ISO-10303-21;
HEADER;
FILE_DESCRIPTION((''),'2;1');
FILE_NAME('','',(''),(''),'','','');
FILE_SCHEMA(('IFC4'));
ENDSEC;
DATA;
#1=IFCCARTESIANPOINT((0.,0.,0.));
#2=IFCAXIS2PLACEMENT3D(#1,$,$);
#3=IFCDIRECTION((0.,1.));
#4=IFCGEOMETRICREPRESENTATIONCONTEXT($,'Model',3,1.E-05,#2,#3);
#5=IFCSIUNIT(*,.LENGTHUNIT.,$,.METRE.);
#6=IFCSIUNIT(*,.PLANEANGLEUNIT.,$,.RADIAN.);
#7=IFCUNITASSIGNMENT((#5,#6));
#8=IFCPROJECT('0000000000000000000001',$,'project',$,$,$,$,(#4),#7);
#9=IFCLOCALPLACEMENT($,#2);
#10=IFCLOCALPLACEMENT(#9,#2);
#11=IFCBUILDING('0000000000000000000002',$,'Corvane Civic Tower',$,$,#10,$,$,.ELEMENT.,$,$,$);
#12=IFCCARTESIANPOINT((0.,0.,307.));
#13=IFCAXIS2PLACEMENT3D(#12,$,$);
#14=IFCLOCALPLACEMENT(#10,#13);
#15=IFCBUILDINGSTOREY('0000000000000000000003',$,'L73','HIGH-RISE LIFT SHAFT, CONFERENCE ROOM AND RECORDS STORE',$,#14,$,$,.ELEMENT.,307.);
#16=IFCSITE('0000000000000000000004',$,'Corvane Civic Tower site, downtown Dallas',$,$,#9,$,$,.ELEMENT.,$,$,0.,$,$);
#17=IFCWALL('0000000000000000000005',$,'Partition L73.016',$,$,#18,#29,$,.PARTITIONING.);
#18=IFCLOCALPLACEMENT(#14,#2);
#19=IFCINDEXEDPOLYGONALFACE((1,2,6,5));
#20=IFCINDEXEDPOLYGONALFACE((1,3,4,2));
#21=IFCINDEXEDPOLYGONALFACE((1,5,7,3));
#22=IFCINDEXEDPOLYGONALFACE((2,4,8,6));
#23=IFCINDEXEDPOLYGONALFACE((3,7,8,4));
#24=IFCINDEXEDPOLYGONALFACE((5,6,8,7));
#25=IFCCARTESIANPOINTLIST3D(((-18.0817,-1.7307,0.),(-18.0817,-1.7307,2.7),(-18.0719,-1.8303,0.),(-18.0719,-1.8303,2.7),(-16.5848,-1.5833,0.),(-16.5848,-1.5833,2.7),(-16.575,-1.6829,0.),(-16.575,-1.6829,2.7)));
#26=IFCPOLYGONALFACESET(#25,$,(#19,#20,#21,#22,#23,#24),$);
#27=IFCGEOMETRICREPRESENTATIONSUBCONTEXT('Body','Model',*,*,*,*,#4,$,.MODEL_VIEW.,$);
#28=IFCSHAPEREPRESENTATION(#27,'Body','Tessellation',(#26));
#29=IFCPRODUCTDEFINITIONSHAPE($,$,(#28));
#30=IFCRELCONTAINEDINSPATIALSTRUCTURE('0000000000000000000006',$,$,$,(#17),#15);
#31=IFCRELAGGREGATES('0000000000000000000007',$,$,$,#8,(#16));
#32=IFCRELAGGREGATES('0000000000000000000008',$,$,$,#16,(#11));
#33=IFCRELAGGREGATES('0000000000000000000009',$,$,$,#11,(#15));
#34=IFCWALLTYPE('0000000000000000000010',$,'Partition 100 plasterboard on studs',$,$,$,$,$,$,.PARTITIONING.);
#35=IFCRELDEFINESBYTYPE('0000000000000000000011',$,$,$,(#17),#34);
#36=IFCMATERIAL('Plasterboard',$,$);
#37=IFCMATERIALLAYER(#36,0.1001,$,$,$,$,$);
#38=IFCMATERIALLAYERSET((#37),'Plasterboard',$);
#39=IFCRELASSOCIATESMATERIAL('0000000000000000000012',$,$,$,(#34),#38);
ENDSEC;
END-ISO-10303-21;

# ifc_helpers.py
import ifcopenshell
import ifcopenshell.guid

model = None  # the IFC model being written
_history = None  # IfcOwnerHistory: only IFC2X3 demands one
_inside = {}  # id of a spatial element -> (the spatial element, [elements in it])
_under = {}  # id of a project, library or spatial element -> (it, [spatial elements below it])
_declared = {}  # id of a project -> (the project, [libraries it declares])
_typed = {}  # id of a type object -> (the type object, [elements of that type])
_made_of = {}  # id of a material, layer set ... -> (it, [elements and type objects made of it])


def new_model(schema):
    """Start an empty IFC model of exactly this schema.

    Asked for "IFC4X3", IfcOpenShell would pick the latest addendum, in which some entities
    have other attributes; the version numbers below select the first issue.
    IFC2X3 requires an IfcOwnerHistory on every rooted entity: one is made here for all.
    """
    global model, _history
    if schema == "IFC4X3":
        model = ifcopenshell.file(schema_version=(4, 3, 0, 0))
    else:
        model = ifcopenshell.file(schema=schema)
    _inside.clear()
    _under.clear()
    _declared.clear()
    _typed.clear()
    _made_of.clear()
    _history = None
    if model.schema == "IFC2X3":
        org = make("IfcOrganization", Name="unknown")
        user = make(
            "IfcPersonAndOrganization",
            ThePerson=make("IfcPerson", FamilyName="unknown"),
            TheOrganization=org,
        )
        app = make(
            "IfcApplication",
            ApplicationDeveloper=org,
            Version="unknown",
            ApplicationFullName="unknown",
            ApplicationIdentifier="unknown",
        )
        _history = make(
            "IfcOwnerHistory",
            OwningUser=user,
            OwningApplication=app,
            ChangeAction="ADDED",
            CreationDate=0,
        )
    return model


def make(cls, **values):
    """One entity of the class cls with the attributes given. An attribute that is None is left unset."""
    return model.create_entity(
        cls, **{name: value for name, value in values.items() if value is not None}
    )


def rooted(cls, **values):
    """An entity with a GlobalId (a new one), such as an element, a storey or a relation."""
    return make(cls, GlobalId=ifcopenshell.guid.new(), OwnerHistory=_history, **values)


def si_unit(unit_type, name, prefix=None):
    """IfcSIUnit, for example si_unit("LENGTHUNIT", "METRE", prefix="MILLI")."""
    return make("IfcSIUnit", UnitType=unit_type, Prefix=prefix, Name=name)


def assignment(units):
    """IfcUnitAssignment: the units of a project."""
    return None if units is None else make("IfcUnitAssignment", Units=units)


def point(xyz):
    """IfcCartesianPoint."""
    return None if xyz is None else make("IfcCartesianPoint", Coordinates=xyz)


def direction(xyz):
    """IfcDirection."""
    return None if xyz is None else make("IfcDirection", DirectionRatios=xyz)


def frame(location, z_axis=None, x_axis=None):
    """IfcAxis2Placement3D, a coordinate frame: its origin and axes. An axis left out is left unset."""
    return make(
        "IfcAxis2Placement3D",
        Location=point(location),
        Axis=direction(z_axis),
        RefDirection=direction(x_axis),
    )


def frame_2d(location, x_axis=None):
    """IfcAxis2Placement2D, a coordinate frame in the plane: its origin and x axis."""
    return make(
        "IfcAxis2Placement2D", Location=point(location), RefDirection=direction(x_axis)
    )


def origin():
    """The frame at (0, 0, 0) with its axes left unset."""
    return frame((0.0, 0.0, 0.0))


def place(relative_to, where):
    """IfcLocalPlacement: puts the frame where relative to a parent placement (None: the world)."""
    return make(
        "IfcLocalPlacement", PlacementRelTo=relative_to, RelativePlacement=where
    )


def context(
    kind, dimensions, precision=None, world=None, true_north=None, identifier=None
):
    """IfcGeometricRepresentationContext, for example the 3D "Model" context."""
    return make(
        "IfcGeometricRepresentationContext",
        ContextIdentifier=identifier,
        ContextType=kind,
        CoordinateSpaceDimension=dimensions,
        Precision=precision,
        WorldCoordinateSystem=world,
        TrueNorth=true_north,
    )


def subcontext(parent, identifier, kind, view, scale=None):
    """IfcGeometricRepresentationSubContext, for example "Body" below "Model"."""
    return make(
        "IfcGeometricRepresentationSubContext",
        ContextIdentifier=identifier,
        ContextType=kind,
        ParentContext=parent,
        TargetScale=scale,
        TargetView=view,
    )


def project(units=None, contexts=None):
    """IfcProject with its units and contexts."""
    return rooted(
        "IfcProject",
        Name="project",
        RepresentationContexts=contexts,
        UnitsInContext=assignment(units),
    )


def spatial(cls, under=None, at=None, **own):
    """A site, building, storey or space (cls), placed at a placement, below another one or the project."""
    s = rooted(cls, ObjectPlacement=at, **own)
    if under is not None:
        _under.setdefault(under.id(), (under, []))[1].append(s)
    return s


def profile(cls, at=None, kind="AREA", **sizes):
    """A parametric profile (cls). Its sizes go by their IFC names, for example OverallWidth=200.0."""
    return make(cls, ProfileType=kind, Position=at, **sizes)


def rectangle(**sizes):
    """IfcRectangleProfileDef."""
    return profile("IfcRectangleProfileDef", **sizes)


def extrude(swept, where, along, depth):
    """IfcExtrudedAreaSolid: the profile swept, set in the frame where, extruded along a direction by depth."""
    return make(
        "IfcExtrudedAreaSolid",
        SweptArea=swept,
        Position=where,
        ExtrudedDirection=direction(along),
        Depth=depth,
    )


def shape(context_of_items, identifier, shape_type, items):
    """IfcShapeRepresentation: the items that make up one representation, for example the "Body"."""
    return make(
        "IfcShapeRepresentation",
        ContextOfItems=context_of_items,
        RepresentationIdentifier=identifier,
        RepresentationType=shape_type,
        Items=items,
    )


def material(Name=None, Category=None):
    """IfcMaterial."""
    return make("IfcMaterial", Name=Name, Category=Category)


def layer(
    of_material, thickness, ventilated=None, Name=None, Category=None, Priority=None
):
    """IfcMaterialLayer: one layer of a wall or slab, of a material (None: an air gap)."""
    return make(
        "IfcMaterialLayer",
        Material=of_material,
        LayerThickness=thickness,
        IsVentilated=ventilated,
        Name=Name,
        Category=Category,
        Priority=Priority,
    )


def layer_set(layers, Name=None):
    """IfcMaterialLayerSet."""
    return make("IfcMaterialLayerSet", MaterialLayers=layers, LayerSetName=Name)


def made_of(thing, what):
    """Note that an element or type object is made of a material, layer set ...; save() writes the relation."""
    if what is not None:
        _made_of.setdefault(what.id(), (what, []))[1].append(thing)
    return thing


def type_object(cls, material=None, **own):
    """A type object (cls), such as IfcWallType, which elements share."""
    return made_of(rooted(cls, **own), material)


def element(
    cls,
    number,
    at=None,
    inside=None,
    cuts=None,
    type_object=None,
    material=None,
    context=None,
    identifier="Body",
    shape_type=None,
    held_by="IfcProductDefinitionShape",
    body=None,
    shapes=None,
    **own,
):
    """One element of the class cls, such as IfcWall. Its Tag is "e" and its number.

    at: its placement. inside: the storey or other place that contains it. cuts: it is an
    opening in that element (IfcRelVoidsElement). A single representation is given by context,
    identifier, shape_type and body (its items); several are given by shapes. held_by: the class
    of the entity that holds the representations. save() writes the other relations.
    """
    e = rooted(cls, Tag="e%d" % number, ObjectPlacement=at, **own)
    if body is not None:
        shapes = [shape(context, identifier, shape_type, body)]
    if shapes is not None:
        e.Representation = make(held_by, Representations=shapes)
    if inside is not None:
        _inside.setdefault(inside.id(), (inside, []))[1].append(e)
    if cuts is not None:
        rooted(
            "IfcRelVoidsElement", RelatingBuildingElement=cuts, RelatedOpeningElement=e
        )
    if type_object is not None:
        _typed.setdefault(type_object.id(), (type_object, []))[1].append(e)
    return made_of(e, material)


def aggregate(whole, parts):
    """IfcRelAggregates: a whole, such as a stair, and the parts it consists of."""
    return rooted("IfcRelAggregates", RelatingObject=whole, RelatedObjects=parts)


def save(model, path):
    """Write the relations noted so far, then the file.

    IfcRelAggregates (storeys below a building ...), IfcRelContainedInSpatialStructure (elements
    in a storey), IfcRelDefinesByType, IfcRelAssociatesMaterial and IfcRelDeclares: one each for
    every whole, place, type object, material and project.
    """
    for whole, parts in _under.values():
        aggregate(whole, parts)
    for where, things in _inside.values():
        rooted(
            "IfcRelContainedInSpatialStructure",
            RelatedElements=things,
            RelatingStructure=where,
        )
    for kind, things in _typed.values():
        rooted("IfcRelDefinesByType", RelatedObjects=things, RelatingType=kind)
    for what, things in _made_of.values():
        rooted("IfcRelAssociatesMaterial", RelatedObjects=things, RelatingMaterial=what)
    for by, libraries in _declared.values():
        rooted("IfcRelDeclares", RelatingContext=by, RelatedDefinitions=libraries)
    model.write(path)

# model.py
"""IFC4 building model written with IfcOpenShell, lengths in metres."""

from ifc_helpers import new_model, si_unit, direction, frame, frame_2d, origin, place, context, subcontext, project, spatial, rectangle, extrude, material, layer, layer_set, type_object, element, save


model = new_model("IFC4")

# Units and contexts
model_context = context("Model", 3, precision=1e-05, world=origin(), true_north=direction((0.0, 1.0)))
body_context = subcontext(model_context, "Body", "Model", "MODEL_VIEW")
ifc_project = project(units=[si_unit("LENGTHUNIT", "METRE"), si_unit("PLANEANGLEUNIT", "RADIAN")], contexts=[model_context])

# Site, building, storey
site_placement = place(None, origin())
site = spatial("IfcSite", under=ifc_project, at=site_placement, Name="Corvane Civic Tower site, downtown Dallas", CompositionType="ELEMENT", RefElevation=0.0)
building_placement = place(site_placement, origin())
building = spatial("IfcBuilding", under=site, at=building_placement, Name="Corvane Civic Tower", CompositionType="ELEMENT")
storey_placement = place(building_placement, frame((0.0, 0.0, 307.0)))
storey = spatial("IfcBuildingStorey", under=building, at=storey_placement, Name="L73", Description="HIGH-RISE LIFT SHAFT, CONFERENCE ROOM AND RECORDS STORE", CompositionType="ELEMENT", Elevation=307.0)

# Shared definitions
ifc_material_1 = material(Name="Plasterboard")
ifc_layer_1 = layer(ifc_material_1, 0.1001)
ifc_layer_set_1 = layer_set([ifc_layer_1], Name="Plasterboard")
wall_type = type_object("IfcWallType", Name="Partition 100 plasterboard on studs", PredefinedType="PARTITIONING", material=ifc_layer_set_1)

# Wall
wall_1_placement = place(storey_placement, frame((-18.0767, -1.7805, 0.0), z_axis=(0.0, 0.0, 1.0), x_axis=(0.995182, 0.098041, 0.0)))
element("IfcWall", 1, at=wall_1_placement, inside=storey, type_object=wall_type, Name="Partition L73.016", PredefinedType="PARTITIONING", context=body_context, shape_type="SweptSolid", body=[
    extrude(rectangle(XDim=1.5042, YDim=0.1001, at=frame_2d((0.752, 0.0))), origin(), (0.0, 0.0, 1.0), 2.7),
])

save(model, "model.ifc")
